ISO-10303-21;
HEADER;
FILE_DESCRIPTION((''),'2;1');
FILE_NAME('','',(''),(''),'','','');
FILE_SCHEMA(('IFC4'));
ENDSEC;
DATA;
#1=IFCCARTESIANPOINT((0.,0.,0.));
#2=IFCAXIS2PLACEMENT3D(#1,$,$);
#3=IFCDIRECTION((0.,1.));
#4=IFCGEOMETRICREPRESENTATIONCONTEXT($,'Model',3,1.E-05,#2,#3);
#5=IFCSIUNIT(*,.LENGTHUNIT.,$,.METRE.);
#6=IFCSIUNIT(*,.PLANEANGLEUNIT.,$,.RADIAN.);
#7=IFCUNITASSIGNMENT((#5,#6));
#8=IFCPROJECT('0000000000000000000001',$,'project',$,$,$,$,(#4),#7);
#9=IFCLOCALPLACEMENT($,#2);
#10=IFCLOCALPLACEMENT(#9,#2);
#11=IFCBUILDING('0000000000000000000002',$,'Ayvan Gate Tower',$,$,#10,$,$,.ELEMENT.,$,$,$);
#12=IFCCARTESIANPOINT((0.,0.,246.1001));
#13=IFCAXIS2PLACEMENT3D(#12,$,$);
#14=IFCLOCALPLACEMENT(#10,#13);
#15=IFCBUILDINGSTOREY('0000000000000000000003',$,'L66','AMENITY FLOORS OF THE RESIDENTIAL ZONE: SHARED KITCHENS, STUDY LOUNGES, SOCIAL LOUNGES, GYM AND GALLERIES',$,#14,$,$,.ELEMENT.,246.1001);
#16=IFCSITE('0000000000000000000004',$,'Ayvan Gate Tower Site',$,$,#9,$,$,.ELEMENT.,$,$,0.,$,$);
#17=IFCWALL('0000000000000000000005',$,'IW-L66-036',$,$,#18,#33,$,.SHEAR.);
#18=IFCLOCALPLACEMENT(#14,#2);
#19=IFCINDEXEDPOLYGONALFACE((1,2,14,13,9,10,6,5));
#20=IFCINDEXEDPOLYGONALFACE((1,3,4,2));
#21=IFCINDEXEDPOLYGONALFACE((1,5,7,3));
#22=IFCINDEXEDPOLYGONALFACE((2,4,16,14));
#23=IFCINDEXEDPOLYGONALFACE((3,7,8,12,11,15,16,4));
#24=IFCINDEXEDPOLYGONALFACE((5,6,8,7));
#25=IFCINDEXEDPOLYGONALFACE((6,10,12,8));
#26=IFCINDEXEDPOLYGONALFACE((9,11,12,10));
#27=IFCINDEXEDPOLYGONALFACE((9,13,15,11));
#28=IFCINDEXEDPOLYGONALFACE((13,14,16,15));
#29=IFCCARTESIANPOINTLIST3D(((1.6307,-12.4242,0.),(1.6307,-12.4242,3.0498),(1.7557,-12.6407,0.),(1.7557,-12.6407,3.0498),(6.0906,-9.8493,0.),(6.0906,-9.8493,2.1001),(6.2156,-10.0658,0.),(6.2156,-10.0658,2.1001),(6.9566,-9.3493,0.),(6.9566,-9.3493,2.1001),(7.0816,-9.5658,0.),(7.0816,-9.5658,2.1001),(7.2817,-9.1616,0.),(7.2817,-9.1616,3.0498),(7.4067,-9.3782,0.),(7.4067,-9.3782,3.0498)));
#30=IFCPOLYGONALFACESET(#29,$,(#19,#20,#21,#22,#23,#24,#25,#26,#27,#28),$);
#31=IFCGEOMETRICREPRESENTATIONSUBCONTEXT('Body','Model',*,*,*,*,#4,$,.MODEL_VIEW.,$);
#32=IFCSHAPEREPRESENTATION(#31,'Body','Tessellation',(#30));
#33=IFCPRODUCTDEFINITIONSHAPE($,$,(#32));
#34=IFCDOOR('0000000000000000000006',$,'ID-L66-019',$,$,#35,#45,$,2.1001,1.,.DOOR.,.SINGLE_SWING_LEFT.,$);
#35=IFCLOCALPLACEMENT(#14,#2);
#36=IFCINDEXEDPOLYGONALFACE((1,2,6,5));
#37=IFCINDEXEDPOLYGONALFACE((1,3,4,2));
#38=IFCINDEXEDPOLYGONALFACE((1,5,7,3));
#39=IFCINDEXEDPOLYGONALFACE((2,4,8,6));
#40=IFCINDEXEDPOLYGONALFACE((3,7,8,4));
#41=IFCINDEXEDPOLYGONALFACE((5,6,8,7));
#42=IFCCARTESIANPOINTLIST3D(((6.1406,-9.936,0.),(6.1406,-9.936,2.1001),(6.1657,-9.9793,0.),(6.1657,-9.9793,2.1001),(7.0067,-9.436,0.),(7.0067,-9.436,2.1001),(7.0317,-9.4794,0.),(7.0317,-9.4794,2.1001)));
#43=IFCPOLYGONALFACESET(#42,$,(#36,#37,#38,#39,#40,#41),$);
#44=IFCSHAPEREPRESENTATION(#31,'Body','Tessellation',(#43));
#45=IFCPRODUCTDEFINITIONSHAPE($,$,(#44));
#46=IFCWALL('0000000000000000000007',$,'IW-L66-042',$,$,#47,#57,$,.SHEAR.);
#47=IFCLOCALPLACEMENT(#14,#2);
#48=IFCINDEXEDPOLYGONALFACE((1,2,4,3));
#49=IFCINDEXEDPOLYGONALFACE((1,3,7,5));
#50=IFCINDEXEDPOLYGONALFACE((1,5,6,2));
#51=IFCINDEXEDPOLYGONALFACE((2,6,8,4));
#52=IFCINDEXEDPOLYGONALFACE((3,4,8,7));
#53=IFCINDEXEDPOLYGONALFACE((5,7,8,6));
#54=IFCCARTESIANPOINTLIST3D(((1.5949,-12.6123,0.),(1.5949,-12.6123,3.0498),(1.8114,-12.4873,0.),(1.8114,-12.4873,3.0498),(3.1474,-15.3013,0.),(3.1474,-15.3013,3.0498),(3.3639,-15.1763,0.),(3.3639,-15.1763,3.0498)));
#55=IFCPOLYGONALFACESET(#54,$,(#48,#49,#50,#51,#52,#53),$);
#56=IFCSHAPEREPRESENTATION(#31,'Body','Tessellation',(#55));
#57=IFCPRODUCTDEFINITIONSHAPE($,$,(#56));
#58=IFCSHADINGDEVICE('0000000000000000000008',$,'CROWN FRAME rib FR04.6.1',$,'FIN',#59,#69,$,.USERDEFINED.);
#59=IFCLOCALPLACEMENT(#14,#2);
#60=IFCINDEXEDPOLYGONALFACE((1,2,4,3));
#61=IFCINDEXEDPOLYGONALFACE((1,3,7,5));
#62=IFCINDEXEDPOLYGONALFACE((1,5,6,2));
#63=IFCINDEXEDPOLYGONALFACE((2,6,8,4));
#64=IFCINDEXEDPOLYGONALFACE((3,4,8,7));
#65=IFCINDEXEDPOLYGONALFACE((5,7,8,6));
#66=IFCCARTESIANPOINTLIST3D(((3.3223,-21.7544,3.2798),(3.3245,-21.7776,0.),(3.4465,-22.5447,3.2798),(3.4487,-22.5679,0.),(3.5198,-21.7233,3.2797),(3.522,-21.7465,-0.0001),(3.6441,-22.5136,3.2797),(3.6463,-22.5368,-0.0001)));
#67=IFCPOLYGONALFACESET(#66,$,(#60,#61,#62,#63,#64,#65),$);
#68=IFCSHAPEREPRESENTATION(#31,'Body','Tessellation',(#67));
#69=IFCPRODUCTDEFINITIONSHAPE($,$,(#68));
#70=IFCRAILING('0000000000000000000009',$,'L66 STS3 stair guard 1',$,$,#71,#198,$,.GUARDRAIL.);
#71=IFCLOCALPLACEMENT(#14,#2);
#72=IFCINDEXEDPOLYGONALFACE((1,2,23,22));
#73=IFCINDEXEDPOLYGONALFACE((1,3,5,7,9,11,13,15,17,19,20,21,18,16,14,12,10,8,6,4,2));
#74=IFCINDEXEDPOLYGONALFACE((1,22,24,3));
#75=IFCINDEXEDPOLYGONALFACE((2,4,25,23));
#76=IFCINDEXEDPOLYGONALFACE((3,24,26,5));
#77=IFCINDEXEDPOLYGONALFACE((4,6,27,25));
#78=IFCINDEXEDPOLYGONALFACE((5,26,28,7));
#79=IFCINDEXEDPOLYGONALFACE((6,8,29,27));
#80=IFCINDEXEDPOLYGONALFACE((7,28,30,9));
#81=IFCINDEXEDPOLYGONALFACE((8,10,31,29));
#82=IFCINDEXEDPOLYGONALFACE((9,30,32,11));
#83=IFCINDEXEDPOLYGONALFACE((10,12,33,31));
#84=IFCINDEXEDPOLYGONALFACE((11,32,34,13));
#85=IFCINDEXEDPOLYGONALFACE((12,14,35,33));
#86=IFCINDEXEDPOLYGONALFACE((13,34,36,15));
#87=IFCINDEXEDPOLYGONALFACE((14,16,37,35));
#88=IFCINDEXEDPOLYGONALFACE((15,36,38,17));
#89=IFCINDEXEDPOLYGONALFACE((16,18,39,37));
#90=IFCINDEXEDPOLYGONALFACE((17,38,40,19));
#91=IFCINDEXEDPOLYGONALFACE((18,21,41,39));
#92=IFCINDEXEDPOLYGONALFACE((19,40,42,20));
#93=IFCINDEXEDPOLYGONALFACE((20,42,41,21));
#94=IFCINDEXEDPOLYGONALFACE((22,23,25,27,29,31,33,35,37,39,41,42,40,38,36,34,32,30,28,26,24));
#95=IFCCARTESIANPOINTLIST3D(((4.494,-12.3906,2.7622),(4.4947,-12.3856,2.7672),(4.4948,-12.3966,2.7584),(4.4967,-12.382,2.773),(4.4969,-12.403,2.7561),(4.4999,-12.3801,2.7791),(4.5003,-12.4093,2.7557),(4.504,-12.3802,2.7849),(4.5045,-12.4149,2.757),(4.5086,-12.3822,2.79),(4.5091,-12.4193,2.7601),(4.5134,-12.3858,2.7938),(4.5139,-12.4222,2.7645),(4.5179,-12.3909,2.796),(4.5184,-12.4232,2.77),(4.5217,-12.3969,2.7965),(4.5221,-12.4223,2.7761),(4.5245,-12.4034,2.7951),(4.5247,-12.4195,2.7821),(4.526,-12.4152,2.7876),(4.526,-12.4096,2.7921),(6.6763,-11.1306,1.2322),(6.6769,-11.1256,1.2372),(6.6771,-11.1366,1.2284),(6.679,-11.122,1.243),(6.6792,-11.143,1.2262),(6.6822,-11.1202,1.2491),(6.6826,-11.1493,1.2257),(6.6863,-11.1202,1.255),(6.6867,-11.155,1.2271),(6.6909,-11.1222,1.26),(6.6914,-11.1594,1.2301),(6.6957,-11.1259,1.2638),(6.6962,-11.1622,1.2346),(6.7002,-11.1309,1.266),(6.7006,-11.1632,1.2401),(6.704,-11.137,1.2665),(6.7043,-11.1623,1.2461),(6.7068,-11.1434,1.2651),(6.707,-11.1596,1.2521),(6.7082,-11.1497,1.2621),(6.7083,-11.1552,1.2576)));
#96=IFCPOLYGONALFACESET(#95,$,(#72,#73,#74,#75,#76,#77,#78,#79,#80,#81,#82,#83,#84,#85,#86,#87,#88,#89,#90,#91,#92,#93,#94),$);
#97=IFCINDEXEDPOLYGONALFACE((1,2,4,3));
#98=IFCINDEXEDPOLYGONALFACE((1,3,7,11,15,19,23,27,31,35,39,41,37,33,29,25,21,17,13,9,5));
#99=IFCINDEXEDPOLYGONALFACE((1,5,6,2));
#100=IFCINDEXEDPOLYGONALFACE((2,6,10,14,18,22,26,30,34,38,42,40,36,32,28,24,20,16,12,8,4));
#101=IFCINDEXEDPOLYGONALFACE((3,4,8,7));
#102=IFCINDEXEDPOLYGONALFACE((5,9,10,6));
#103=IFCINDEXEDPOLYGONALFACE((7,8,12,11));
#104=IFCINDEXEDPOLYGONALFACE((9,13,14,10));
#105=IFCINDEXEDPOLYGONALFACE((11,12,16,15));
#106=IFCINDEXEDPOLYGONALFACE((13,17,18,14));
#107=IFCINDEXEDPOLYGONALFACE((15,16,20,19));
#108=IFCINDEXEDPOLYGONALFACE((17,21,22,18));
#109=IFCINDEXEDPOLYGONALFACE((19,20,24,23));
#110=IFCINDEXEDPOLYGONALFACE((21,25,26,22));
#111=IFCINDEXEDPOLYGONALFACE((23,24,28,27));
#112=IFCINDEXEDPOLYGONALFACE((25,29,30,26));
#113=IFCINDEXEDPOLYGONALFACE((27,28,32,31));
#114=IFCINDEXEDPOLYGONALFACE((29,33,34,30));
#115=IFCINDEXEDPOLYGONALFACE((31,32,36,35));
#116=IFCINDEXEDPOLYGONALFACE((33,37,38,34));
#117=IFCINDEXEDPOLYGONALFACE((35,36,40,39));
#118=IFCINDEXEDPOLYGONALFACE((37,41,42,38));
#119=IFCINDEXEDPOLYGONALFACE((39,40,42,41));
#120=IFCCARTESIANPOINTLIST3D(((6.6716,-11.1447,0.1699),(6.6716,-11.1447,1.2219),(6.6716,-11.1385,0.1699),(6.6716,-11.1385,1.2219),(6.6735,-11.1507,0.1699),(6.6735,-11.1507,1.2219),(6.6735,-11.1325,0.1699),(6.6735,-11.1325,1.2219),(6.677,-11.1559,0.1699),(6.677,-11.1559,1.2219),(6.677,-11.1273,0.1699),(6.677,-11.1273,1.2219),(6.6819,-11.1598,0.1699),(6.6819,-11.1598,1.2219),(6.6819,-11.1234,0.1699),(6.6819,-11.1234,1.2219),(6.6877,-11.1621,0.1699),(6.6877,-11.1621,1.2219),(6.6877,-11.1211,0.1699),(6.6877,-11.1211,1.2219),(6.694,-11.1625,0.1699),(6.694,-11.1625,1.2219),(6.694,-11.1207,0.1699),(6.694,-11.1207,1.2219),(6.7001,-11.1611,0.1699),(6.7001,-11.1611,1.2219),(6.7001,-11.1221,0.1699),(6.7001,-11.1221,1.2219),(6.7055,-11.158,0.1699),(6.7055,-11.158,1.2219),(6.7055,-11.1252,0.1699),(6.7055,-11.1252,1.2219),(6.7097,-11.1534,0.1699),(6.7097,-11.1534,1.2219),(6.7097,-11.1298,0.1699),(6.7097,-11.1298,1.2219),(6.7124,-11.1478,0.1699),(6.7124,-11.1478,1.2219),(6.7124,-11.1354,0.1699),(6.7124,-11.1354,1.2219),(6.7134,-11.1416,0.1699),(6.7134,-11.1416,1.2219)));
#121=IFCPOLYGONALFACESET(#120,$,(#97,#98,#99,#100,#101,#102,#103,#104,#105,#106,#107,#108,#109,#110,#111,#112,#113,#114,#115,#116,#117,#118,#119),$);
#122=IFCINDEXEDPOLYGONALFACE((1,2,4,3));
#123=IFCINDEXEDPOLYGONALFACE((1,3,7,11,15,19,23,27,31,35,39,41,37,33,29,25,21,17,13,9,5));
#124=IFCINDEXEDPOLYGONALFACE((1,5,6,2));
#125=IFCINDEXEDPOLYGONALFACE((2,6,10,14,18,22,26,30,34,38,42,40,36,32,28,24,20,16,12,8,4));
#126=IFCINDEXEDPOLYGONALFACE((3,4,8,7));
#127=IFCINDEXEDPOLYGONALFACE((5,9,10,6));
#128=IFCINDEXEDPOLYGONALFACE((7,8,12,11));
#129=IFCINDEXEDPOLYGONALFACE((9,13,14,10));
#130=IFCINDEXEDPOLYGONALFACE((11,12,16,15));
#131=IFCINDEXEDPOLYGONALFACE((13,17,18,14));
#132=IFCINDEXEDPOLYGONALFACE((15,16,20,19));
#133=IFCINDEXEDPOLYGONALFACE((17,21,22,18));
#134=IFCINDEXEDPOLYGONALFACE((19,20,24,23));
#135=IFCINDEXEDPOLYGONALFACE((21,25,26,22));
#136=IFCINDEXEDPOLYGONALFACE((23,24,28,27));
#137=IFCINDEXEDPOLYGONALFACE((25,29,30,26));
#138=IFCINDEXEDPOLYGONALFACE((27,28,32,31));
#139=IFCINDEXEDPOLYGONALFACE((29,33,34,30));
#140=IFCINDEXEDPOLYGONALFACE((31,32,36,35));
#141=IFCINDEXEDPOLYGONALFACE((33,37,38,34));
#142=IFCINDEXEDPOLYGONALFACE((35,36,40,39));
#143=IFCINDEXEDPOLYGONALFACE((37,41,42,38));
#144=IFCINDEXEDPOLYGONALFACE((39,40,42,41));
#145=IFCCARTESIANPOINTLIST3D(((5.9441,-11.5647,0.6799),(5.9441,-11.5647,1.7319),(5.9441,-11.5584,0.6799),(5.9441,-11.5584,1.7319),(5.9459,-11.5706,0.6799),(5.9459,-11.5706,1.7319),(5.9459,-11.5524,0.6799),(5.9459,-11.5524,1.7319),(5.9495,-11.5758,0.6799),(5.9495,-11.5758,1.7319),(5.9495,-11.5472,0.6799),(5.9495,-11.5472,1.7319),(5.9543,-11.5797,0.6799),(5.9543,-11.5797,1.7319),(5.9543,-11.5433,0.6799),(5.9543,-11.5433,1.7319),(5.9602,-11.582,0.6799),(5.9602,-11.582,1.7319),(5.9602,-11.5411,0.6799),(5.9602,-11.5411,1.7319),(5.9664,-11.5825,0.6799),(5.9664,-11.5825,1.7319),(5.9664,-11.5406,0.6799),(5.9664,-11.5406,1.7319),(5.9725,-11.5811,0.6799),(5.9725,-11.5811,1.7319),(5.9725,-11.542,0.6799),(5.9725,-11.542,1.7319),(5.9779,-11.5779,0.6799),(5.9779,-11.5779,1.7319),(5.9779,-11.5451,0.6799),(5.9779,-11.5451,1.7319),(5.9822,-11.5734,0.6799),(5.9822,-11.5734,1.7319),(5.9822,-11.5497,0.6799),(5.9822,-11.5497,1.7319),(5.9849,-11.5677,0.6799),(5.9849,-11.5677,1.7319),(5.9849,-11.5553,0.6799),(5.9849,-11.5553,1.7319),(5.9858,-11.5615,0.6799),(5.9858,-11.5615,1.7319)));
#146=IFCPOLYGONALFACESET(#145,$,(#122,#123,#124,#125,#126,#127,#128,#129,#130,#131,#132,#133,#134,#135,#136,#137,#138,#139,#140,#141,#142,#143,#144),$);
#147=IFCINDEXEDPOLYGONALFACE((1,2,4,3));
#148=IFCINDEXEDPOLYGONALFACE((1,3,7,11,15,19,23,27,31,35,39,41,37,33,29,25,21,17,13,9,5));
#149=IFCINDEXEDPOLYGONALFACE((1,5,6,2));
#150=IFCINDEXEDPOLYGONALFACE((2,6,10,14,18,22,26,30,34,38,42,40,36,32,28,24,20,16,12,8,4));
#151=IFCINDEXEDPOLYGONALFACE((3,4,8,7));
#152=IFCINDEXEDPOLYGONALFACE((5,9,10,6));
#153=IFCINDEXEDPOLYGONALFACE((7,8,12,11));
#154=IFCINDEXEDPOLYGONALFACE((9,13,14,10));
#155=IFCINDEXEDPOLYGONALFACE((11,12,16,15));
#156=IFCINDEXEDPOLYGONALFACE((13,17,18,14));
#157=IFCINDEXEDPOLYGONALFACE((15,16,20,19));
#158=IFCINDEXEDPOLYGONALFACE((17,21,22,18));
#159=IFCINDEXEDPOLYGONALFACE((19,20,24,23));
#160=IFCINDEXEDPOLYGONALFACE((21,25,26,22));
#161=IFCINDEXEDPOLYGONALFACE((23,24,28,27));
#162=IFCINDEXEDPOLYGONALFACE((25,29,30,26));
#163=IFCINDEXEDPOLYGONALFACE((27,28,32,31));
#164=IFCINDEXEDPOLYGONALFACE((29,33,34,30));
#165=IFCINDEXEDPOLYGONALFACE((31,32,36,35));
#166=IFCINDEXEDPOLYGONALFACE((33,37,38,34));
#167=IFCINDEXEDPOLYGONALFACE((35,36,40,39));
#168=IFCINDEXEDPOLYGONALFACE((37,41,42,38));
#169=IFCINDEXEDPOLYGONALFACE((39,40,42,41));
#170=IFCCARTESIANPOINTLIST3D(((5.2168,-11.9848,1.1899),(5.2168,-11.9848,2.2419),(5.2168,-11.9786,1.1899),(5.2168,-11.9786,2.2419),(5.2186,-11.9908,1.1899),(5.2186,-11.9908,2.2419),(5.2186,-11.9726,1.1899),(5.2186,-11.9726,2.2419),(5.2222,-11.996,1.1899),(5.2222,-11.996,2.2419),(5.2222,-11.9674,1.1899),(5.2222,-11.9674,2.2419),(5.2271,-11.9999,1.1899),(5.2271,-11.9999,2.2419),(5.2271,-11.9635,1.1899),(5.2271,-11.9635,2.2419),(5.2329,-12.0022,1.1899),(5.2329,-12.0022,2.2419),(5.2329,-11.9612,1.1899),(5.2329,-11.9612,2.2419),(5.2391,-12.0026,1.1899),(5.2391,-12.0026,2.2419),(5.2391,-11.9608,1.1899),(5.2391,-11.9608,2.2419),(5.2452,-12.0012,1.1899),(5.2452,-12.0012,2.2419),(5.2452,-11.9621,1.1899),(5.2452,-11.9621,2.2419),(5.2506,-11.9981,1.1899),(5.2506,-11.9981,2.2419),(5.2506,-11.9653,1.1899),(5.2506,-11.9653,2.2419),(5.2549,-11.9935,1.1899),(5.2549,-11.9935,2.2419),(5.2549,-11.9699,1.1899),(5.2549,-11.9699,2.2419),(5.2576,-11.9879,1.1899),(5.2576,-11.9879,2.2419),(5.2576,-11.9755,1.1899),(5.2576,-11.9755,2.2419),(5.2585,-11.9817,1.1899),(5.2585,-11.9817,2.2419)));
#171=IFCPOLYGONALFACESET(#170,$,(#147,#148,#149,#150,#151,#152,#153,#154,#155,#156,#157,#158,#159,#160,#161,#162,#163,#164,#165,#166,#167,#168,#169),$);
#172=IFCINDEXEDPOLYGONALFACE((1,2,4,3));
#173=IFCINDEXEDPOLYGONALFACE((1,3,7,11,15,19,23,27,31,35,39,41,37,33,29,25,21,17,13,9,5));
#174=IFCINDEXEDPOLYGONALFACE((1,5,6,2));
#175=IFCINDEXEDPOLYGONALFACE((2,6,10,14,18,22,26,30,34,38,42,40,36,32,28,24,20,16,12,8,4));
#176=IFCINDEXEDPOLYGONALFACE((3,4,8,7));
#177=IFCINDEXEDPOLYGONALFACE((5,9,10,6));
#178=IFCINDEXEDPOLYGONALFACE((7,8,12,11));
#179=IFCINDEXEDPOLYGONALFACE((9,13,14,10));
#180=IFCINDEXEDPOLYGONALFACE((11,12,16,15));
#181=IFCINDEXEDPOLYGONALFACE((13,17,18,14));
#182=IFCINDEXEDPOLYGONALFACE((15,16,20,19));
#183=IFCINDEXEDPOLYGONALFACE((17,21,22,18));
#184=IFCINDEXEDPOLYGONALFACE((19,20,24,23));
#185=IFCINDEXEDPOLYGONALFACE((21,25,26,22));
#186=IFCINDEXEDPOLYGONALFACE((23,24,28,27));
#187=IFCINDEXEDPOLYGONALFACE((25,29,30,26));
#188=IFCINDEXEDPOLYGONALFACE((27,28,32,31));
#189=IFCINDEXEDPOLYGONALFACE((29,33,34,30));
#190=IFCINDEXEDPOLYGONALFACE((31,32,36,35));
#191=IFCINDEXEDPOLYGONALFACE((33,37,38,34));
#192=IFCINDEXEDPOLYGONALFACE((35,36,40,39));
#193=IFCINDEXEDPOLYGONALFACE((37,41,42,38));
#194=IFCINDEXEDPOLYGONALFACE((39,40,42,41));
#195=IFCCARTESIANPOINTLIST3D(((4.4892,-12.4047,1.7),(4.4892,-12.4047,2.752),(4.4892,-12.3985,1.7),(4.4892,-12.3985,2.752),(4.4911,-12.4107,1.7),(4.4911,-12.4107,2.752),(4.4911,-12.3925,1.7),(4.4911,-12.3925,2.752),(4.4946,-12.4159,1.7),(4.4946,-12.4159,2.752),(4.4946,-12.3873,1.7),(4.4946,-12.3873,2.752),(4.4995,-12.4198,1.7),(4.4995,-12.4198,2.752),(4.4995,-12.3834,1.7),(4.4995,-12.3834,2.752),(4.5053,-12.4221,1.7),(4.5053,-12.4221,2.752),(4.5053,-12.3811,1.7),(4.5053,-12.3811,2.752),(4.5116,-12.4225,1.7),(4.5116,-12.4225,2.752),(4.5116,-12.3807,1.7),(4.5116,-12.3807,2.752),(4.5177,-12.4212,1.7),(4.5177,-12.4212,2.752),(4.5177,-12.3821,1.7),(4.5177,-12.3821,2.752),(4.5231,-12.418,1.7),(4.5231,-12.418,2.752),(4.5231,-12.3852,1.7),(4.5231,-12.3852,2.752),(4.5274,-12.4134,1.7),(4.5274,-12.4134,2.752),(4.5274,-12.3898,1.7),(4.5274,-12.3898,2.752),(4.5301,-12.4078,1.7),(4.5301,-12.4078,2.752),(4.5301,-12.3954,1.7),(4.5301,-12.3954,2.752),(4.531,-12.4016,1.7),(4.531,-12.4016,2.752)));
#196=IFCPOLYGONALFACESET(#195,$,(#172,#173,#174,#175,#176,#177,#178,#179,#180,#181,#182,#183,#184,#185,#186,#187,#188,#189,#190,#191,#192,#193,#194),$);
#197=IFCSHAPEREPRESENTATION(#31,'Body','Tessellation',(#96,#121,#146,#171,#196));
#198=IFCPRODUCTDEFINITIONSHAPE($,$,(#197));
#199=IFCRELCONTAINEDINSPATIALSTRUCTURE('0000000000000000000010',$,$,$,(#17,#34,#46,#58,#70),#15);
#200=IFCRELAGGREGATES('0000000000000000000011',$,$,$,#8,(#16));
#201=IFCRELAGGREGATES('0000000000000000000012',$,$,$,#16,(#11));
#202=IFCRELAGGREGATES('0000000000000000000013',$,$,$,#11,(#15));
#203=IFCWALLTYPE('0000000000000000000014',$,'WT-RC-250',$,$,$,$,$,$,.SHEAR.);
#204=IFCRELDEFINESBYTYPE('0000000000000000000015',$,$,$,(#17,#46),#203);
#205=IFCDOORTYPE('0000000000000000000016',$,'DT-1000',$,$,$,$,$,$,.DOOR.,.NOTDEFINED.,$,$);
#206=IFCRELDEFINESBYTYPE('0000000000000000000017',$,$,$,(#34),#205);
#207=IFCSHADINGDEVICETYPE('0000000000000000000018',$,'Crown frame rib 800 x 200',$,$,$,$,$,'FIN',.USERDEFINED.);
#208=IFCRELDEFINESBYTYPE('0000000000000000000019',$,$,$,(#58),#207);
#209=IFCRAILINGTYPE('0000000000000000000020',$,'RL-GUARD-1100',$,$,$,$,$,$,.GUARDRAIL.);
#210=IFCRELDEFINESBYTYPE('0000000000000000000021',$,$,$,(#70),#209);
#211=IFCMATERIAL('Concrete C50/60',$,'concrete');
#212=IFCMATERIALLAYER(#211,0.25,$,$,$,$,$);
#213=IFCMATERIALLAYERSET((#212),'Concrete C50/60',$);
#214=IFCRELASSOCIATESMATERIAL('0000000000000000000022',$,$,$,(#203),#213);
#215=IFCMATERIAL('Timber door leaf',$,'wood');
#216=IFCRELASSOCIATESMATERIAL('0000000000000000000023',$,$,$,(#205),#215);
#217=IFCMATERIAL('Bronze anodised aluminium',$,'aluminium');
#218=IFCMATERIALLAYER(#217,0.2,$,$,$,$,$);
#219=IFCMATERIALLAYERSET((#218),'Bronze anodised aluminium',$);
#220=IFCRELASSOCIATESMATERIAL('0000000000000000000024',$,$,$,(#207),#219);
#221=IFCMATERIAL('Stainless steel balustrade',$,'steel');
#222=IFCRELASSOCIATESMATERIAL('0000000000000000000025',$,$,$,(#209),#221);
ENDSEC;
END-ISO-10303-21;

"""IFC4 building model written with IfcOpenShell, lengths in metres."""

from ifc_helpers import new_model, si_unit, direction, frame, frame_2d, origin, origin_2d, place, context, subcontext, project, spatial, polyline, rectangle, circle, outline, extrude, material, layer, layer_set, type_object, element, fill, save


model = new_model("IFC4")

# Units and contexts
model_context = context("Model", 3, precision=1e-05, world=origin(), true_north=direction((0.0, 1.0)))
body_context = subcontext(model_context, "Body", "Model", "MODEL_VIEW")
ifc_project = project(units=[si_unit("LENGTHUNIT", "METRE"), si_unit("PLANEANGLEUNIT", "RADIAN")], contexts=[model_context])

# Site, building, storey
site_placement = place(None, origin())
site = spatial("IfcSite", under=ifc_project, at=site_placement, Name="Ayvan Gate Tower Site", CompositionType="ELEMENT", RefElevation=0.0)
building_placement = place(site_placement, origin())
building = spatial("IfcBuilding", under=site, at=building_placement, Name="Ayvan Gate Tower", CompositionType="ELEMENT")
storey_placement = place(building_placement, frame((0.0, 0.0, 246.1001)))
storey = spatial("IfcBuildingStorey", under=building, at=storey_placement, Name="L66", Description="AMENITY FLOORS OF THE RESIDENTIAL ZONE: SHARED KITCHENS, STUDY LOUNGES, SOCIAL LOUNGES, GYM AND GALLERIES", CompositionType="ELEMENT", Elevation=246.1001)

# Shared definitions
ifc_material_1 = material(Name="Concrete C50/60", Category="concrete")

# Shared definitions
ifc_material_2 = material(Name="Bronze anodised aluminium", Category="aluminium")

# Shared definitions
ifc_layer_1 = layer(ifc_material_1, 0.25)
ifc_layer_set_1 = layer_set([ifc_layer_1], Name="Concrete C50/60")
wall_type = type_object("IfcWallType", Name="WT-RC-250", PredefinedType="SHEAR", material=ifc_layer_set_1)

# Wall, opening, door
wall_1_placement = place(storey_placement, frame((1.6931, -12.5325, 0.0), z_axis=(0.0, 0.0, 1.0), x_axis=(0.866031, 0.49999, 0.0)))
wall_1 = element("IfcWall", 1, at=wall_1_placement, inside=storey, type_object=wall_type, Name="IW-L66-036", PredefinedType="SHEAR", context=body_context, shape_type="SweptSolid", body=[
    extrude(rectangle(XDim=6.5251, YDim=0.25, at=frame_2d((3.2627, 0.0))), origin(), (0.0, 0.0, 1.0), 3.0498),
])
opening_placement = place(wall_1_placement, frame((5.1499, 0.0, 0.0)))
opening = element("IfcOpeningElement", 2, at=opening_placement, cuts=wall_1, PredefinedType="OPENING", context=body_context, shape_type="SweptSolid", body=[
    extrude(rectangle(XDim=1.0, YDim=2.1001, at=frame_2d((0.5, 1.05))), frame((0.0, 0.135, 0.0), z_axis=(0.0, -1.0, 0.0), x_axis=(1.0, 0.0, 0.0)), (0.0, 0.0, 1.0), 0.27),
])
ifc_material_3 = material(Name="Timber door leaf", Category="wood")
door_type = type_object("IfcDoorType", Name="DT-1000", OperationType="NOTDEFINED", PredefinedType="DOOR", material=ifc_material_3)
door_placement = place(opening_placement, origin())
door = element("IfcDoor", 3, at=door_placement, inside=storey, type_object=door_type, Name="ID-L66-019", OperationType="SINGLE_SWING_LEFT", OverallHeight=2.1001, OverallWidth=1.0, PredefinedType="DOOR", context=body_context, shape_type="SweptSolid", body=[
    extrude(rectangle(XDim=1.0, YDim=2.1001, at=frame_2d((0.5, 1.05))), frame((0.0, 0.0249, 0.0), z_axis=(0.0, -1.0, 0.0), x_axis=(1.0, 0.0, 0.0)), (0.0, 0.0, 1.0), 0.05),
])
fill(opening, door)

# Wall
wall_2_placement = place(storey_placement, frame((3.2556, -15.2388, 0.0), z_axis=(0.0, 0.0, 1.0), x_axis=(-0.500004, 0.866023, 0.0)))
element("IfcWall", 4, at=wall_2_placement, inside=storey, type_object=wall_type, Name="IW-L66-042", PredefinedType="SHEAR", context=body_context, shape_type="SweptSolid", body=[
    extrude(rectangle(XDim=3.105, YDim=0.25, at=frame_2d((1.5525, 0.0))), origin(), (0.0, 0.0, 1.0), 3.0498),
])

# Shading device
ifc_layer_2 = layer(ifc_material_2, 0.2)
ifc_layer_set_2 = layer_set([ifc_layer_2], Name="Bronze anodised aluminium")
shading_device_type = type_object("IfcShadingDeviceType", Name="Crown frame rib 800 x 200", ElementType="FIN", PredefinedType="USERDEFINED", material=ifc_layer_set_2)
shading_device_placement = place(storey_placement, frame((3.3245, -21.7776, 0.0), z_axis=(-0.987862, -0.155336, 0.000437), x_axis=(0.155336, -0.987862, 0.0)))
element("IfcShadingDevice", 5, at=shading_device_placement, inside=storey, type_object=shading_device_type, Name="CROWN FRAME rib FR04.6.1", ObjectType="FIN", PredefinedType="USERDEFINED", context=body_context, shape_type="SweptSolid", body=[
    extrude(outline(polyline([(0.0, 0.0), (0.8, 0.0), (0.7767, 3.2798), (-0.0233, 3.2798), (0.0, 0.0)])), origin(), (0.0, 0.0, -1.0), 0.2),
])

# Railing
ifc_material_4 = material(Name="Stainless steel balustrade", Category="steel")
railing_type_1 = type_object("IfcRailingType", Name="RL-GUARD-1100", PredefinedType="GUARDRAIL", material=ifc_material_4)
railing_1_placement = place(storey_placement, frame((6.6924, -11.1416, 0.1699)))
element("IfcRailing", 6, at=railing_1_placement, inside=storey, type_object=railing_type_1, Name="L66 STS3 stair guard 1", PredefinedType="GUARDRAIL", context=body_context, shape_type="SweptSolid", body=[
    extrude(circle(Radius=0.0239, at=origin_2d()), frame((0.0, 0.0, 1.0762), z_axis=(-0.740261, -0.427395, 0.518986), x_axis=(0.500005, -0.866023, 0.0)), (0.0, 0.0, 1.0), 2.948),
    extrude(circle(Radius=0.021, at=origin_2d()), origin(), (0.0, 0.0, 1.0), 1.052),
    extrude(circle(Radius=0.021, at=origin_2d()), frame((-0.7275, -0.4199, 0.51)), (0.0, 0.0, 1.0), 1.052),
    extrude(circle(Radius=0.021, at=origin_2d()), frame((-1.4548, -0.8401, 1.02)), (0.0, 0.0, 1.0), 1.052),
    extrude(circle(Radius=0.021, at=origin_2d()), frame((-2.1824, -1.26, 1.53)), (0.0, 0.0, 1.0), 1.052),
])

save(model, "model.ifc")
